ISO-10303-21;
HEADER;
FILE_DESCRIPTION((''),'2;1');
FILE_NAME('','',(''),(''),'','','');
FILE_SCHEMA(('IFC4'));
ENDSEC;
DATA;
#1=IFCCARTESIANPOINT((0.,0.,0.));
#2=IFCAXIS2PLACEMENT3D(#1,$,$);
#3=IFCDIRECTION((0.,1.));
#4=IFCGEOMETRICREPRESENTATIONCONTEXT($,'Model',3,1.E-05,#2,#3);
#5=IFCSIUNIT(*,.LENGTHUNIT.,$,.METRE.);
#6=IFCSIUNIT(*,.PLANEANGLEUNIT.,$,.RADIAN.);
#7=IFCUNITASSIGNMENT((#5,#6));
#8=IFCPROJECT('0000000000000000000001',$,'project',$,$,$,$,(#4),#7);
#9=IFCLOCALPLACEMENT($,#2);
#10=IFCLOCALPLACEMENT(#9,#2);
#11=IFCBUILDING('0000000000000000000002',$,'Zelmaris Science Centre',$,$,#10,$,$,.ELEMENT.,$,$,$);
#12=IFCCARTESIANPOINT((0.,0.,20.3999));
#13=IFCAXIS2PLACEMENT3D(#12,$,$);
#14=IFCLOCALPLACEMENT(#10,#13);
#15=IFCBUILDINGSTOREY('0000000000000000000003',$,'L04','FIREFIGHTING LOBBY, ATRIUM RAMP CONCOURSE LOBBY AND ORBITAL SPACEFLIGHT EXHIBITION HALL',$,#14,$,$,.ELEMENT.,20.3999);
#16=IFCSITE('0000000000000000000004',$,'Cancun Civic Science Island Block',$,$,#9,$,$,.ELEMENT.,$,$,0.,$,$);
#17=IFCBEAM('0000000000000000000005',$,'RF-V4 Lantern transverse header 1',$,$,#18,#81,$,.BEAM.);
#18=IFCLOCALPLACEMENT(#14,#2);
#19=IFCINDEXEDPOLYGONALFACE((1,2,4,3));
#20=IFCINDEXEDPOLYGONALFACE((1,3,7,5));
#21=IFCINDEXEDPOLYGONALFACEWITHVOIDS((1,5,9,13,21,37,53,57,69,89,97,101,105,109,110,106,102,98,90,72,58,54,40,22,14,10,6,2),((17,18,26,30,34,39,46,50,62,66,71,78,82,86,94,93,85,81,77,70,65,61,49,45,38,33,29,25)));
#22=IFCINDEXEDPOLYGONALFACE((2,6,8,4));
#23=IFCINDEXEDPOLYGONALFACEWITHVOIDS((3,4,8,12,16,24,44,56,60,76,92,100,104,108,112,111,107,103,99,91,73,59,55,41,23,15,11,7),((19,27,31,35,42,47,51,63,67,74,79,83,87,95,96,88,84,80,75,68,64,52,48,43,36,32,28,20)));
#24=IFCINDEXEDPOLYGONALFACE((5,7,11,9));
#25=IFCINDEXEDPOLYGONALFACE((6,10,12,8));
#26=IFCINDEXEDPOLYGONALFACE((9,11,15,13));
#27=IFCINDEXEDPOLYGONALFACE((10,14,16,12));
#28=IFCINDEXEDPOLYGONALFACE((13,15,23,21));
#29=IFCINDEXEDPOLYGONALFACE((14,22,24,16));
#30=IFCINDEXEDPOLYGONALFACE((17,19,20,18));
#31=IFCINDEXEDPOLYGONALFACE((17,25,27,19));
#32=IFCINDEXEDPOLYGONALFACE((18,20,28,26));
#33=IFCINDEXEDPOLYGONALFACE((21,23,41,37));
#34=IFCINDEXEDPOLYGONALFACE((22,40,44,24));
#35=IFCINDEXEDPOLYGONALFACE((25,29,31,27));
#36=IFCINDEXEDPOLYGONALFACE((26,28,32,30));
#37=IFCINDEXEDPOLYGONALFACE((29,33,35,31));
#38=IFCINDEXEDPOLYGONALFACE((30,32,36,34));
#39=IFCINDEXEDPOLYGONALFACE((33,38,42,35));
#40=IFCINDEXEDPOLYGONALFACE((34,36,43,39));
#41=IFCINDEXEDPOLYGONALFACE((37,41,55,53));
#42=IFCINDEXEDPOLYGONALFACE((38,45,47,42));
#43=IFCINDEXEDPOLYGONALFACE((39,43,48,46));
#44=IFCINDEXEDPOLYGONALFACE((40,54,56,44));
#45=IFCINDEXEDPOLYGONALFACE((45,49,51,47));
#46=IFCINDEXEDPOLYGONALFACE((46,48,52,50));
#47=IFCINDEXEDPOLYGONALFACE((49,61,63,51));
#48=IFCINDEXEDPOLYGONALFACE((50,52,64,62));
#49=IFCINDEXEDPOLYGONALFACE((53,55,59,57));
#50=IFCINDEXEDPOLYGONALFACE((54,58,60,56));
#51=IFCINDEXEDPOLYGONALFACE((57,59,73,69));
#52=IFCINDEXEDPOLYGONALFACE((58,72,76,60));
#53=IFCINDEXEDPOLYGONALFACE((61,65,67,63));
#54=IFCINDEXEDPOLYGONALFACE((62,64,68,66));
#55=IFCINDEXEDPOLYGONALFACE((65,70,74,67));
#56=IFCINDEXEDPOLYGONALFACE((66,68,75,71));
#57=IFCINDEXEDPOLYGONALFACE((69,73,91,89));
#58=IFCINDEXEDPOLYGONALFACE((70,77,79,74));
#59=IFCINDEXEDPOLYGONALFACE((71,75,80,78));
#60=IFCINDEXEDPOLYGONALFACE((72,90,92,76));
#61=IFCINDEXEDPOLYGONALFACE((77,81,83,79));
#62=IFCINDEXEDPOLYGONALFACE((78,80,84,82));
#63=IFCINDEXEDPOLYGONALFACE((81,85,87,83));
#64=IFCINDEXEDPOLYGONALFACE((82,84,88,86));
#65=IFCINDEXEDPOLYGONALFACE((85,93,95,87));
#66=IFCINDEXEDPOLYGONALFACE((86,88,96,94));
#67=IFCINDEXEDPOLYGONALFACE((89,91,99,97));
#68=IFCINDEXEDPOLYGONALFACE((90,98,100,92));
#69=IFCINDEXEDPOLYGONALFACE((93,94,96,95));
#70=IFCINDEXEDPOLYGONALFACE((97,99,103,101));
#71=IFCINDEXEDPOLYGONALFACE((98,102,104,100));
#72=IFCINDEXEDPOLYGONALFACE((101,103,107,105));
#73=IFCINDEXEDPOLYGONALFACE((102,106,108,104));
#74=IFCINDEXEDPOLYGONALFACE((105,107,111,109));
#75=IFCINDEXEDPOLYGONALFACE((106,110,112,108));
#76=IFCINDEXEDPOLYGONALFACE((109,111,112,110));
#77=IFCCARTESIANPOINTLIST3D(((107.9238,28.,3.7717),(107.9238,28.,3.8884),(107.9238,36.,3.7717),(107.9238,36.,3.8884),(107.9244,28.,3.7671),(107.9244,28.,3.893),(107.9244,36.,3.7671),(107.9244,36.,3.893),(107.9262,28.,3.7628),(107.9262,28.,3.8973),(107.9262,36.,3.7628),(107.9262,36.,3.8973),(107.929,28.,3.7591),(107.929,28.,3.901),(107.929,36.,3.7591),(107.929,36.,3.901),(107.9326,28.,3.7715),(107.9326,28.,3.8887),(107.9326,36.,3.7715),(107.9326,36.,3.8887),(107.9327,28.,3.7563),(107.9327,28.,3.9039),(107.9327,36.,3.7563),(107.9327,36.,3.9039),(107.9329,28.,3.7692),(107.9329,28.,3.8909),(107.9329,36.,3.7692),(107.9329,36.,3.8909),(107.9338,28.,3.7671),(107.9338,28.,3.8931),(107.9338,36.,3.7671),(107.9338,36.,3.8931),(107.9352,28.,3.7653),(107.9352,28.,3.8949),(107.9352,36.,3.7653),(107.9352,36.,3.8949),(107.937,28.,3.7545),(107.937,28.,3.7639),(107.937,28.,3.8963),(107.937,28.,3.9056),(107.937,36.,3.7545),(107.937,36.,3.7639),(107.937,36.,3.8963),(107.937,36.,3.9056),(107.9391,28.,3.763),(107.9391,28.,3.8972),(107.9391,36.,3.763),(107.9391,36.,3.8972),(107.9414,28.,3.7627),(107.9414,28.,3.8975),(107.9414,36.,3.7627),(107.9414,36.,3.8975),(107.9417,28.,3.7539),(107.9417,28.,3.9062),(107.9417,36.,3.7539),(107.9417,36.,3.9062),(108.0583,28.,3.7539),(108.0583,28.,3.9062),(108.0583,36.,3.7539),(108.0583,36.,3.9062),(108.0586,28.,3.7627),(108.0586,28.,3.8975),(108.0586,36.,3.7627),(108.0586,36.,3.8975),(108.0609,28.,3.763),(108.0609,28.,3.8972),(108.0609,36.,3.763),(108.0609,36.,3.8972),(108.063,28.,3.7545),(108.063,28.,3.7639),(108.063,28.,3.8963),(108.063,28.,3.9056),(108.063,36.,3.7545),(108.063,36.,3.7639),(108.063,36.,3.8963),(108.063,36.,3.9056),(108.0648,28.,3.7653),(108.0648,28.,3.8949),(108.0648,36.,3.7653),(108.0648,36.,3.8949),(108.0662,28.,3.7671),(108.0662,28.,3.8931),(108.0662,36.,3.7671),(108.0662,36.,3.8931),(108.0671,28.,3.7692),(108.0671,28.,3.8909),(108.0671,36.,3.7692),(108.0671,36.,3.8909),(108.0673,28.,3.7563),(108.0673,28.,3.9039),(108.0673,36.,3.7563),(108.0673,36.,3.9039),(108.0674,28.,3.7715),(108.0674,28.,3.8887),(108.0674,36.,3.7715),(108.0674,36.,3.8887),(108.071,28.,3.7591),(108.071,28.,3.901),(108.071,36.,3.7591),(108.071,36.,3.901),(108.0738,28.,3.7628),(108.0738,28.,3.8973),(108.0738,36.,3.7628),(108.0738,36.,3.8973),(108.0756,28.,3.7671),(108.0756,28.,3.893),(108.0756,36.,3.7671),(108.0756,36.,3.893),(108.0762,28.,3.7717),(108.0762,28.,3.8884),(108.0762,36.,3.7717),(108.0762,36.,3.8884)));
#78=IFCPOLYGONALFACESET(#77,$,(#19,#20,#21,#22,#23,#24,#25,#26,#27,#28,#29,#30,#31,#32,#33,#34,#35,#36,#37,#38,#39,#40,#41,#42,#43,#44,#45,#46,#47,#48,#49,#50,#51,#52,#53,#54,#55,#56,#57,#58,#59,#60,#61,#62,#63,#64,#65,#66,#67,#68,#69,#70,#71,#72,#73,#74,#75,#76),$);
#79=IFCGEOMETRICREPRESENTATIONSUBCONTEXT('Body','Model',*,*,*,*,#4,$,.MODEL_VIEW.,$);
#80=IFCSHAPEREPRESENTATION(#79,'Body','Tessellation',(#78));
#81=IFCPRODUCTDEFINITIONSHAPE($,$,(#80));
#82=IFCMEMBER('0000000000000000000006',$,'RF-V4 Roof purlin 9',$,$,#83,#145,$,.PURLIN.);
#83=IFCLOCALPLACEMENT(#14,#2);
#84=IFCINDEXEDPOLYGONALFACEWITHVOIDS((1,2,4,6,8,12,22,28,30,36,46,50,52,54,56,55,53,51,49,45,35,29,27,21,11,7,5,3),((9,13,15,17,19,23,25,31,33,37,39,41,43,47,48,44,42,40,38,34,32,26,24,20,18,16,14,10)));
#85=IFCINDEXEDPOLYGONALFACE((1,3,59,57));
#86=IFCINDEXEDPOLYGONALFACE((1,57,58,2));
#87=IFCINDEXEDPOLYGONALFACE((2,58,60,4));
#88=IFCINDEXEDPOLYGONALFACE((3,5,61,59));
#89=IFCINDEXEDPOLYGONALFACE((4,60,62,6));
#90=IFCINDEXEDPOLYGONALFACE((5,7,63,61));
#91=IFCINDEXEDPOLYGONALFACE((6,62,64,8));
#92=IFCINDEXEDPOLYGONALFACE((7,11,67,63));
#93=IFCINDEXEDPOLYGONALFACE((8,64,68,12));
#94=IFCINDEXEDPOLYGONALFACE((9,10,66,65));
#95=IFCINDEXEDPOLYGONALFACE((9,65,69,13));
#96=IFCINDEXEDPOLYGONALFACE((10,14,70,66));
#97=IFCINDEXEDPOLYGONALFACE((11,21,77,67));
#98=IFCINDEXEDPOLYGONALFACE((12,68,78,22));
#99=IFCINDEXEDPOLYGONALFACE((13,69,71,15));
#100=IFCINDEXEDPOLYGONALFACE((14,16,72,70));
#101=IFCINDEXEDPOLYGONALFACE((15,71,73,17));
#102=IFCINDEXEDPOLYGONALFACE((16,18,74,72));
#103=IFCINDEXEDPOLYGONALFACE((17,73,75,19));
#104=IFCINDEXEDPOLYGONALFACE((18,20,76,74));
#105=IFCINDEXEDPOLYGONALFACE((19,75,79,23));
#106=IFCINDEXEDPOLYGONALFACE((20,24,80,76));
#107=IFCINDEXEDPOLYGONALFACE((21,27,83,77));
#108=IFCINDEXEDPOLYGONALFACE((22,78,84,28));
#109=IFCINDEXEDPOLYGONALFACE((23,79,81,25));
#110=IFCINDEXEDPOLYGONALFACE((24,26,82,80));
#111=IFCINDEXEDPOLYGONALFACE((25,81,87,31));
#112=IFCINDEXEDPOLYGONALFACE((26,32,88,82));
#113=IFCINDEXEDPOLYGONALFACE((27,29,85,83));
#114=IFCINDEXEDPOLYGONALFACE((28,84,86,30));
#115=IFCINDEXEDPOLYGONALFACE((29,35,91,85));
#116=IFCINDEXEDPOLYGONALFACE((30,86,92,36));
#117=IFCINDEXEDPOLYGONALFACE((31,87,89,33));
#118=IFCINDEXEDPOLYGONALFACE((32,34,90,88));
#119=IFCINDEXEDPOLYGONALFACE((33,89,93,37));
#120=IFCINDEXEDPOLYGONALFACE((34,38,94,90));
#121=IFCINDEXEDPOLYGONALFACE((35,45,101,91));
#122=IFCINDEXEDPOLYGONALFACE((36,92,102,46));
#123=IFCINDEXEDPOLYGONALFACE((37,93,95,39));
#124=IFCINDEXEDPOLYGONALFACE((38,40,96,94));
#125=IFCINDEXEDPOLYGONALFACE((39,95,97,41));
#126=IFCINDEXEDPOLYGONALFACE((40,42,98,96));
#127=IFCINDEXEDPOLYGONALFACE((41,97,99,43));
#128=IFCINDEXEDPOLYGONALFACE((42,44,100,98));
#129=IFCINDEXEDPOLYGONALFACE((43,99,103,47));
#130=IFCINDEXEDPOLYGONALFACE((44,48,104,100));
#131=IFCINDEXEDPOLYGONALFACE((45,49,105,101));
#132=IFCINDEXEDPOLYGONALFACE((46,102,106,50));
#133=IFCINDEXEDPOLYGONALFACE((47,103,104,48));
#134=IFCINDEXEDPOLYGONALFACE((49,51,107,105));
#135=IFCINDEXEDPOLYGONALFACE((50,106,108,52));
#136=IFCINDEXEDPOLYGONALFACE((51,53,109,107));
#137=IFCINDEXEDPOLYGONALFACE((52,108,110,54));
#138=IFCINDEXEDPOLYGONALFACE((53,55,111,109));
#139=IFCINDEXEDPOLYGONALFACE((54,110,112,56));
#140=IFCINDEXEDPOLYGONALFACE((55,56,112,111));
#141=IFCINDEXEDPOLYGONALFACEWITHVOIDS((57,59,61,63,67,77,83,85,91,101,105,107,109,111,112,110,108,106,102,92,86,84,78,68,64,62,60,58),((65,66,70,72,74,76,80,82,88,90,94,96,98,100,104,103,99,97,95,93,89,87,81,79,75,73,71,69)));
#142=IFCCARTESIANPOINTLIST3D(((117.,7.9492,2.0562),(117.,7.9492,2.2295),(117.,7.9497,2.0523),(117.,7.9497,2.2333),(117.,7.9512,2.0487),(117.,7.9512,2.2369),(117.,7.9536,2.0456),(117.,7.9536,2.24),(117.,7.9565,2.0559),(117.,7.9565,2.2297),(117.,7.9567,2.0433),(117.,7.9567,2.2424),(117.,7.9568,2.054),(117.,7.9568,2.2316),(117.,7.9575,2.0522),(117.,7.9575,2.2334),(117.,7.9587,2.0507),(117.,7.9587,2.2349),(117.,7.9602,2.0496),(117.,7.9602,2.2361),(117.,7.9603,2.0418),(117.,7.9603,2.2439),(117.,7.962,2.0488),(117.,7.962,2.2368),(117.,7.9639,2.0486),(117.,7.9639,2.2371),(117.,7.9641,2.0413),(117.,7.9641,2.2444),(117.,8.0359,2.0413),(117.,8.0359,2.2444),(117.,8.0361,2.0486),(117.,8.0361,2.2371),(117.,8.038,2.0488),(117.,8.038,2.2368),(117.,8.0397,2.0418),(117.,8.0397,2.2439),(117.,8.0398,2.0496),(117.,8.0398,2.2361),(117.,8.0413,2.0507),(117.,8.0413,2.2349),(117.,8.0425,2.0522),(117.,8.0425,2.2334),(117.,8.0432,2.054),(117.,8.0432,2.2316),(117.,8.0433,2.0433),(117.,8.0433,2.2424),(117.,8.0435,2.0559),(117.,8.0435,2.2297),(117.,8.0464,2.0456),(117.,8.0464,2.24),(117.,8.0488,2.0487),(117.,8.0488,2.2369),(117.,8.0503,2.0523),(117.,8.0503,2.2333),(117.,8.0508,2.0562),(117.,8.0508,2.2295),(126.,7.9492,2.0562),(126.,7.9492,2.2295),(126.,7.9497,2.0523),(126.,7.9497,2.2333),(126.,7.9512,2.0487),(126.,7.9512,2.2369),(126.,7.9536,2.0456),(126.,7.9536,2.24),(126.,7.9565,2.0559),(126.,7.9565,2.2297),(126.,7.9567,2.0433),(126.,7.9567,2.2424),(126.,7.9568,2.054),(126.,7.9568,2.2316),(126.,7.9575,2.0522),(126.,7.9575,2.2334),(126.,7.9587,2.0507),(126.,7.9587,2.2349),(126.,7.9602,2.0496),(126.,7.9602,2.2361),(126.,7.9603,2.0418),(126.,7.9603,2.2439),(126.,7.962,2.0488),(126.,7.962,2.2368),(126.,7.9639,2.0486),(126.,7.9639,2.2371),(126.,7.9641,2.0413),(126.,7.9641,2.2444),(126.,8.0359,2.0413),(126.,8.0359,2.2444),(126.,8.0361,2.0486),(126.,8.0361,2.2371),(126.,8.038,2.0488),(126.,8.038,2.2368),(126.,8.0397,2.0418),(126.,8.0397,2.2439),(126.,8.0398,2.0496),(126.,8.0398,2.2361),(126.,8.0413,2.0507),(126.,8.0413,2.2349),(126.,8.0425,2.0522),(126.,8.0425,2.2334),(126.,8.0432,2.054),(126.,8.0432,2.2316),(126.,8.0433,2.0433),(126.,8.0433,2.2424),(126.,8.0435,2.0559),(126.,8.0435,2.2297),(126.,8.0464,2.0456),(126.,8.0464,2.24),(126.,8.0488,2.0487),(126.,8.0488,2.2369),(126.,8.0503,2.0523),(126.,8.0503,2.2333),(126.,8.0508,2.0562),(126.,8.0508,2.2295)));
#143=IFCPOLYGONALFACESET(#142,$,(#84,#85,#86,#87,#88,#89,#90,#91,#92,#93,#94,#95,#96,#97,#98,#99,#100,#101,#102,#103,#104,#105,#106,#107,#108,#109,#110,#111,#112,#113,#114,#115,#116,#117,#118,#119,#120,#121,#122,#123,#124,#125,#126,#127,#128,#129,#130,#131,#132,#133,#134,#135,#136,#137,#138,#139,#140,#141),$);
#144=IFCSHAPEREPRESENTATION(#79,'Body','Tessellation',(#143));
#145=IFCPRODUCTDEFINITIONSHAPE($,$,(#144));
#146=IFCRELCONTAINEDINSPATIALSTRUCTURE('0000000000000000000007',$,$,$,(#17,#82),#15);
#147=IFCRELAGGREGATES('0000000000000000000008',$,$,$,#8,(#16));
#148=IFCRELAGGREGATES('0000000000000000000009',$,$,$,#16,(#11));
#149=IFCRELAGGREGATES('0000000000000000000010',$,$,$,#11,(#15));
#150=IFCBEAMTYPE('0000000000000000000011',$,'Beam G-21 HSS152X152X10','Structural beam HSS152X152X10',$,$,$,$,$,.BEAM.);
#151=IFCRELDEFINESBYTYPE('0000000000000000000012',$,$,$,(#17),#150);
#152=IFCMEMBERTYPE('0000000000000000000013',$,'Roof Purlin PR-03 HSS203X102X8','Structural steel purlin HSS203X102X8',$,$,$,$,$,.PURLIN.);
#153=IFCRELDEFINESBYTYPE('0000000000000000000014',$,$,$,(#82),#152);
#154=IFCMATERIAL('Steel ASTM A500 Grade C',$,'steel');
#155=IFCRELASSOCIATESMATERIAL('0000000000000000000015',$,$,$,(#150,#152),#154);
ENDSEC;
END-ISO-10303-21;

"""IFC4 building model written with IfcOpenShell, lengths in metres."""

from ifc_helpers import new_model, si_unit, direction, frame, origin, origin_2d, place, context, subcontext, project, spatial, hollow_rectangle, extrude, material, material_profile, profile_set, type_object, element, save


model = new_model("IFC4")

# Units and contexts
model_context = context("Model", 3, precision=1e-05, world=origin(), true_north=direction((0.0, 1.0)))
body_context = subcontext(model_context, "Body", "Model", "MODEL_VIEW")
ifc_project = project(units=[si_unit("LENGTHUNIT", "METRE"), si_unit("PLANEANGLEUNIT", "RADIAN")], contexts=[model_context])

# Site, building, storey
site_placement = place(None, origin())
site = spatial("IfcSite", under=ifc_project, at=site_placement, Name="Cancun Civic Science Island Block", CompositionType="ELEMENT", RefElevation=0.0)
building_placement = place(site_placement, origin())
building = spatial("IfcBuilding", under=site, at=building_placement, Name="Zelmaris Science Centre", CompositionType="ELEMENT")
storey_placement = place(building_placement, frame((0.0, 0.0, 20.3999)))
storey = spatial("IfcBuildingStorey", under=building, at=storey_placement, Name="L04", Description="FIREFIGHTING LOBBY, ATRIUM RAMP CONCOURSE LOBBY AND ORBITAL SPACEFLIGHT EXHIBITION HALL", CompositionType="ELEMENT", Elevation=20.3999)

# Beam
ifc_material_1 = material(Name="Steel ASTM A500 Grade C", Category="steel")
ifc_material_profile_1 = material_profile(ifc_material_1, hollow_rectangle(XDim=0.1523, YDim=0.1523, WallThickness=0.0088, InnerFilletRadius=0.0088, OuterFilletRadius=0.0178, at=origin_2d()), Name="HSS152X152X10")
ifc_profile_set_1 = profile_set([ifc_material_profile_1], Name="Steel ASTM A500 Grade C")
beam_type_1 = type_object("IfcBeamType", Name="Beam G-21 HSS152X152X10", Description="Structural beam HSS152X152X10", PredefinedType="BEAM", material=ifc_profile_set_1)
beam_1_placement = place(storey_placement, frame((108.0, 28.0, 3.8301), z_axis=(0.0, 1.0, 0.0), x_axis=(-1.0, 0.0, 0.0)))
element("IfcBeam", 1, at=beam_1_placement, inside=storey, type_object=beam_type_1, Name="RF-V4 Lantern transverse header 1", PredefinedType="BEAM", context=body_context, shape_type="SweptSolid", body=[
    extrude(hollow_rectangle(XDim=0.1523, YDim=0.1523, WallThickness=0.0088, InnerFilletRadius=0.0088, OuterFilletRadius=0.0178, at=origin_2d()), origin(), (0.0, 0.0, 1.0), 8.0),
])

# Member
ifc_material_profile_2 = material_profile(ifc_material_1, hollow_rectangle(XDim=0.1016, YDim=0.2031, WallThickness=0.0073, InnerFilletRadius=0.0073, OuterFilletRadius=0.0149, at=origin_2d()), Name="HSS203X102X8")
ifc_profile_set_2 = profile_set([ifc_material_profile_2], Name="Steel ASTM A500 Grade C")
member_type_1 = type_object("IfcMemberType", Name="Roof Purlin PR-03 HSS203X102X8", Description="Structural steel purlin HSS203X102X8", PredefinedType="PURLIN", material=ifc_profile_set_2)
member_1_placement = place(storey_placement, frame((117.0, 8.0, 2.1428), z_axis=(1.0, 0.0, 0.0), x_axis=(0.0, 1.0, 0.0)))
element("IfcMember", 2, at=member_1_placement, inside=storey, type_object=member_type_1, Name="RF-V4 Roof purlin 9", PredefinedType="PURLIN", context=body_context, shape_type="SweptSolid", body=[
    extrude(hollow_rectangle(XDim=0.1016, YDim=0.2031, WallThickness=0.0073, InnerFilletRadius=0.0073, OuterFilletRadius=0.0149, at=origin_2d()), origin(), (0.0, 0.0, 1.0), 9.0),
])

save(model, "model.ifc")
